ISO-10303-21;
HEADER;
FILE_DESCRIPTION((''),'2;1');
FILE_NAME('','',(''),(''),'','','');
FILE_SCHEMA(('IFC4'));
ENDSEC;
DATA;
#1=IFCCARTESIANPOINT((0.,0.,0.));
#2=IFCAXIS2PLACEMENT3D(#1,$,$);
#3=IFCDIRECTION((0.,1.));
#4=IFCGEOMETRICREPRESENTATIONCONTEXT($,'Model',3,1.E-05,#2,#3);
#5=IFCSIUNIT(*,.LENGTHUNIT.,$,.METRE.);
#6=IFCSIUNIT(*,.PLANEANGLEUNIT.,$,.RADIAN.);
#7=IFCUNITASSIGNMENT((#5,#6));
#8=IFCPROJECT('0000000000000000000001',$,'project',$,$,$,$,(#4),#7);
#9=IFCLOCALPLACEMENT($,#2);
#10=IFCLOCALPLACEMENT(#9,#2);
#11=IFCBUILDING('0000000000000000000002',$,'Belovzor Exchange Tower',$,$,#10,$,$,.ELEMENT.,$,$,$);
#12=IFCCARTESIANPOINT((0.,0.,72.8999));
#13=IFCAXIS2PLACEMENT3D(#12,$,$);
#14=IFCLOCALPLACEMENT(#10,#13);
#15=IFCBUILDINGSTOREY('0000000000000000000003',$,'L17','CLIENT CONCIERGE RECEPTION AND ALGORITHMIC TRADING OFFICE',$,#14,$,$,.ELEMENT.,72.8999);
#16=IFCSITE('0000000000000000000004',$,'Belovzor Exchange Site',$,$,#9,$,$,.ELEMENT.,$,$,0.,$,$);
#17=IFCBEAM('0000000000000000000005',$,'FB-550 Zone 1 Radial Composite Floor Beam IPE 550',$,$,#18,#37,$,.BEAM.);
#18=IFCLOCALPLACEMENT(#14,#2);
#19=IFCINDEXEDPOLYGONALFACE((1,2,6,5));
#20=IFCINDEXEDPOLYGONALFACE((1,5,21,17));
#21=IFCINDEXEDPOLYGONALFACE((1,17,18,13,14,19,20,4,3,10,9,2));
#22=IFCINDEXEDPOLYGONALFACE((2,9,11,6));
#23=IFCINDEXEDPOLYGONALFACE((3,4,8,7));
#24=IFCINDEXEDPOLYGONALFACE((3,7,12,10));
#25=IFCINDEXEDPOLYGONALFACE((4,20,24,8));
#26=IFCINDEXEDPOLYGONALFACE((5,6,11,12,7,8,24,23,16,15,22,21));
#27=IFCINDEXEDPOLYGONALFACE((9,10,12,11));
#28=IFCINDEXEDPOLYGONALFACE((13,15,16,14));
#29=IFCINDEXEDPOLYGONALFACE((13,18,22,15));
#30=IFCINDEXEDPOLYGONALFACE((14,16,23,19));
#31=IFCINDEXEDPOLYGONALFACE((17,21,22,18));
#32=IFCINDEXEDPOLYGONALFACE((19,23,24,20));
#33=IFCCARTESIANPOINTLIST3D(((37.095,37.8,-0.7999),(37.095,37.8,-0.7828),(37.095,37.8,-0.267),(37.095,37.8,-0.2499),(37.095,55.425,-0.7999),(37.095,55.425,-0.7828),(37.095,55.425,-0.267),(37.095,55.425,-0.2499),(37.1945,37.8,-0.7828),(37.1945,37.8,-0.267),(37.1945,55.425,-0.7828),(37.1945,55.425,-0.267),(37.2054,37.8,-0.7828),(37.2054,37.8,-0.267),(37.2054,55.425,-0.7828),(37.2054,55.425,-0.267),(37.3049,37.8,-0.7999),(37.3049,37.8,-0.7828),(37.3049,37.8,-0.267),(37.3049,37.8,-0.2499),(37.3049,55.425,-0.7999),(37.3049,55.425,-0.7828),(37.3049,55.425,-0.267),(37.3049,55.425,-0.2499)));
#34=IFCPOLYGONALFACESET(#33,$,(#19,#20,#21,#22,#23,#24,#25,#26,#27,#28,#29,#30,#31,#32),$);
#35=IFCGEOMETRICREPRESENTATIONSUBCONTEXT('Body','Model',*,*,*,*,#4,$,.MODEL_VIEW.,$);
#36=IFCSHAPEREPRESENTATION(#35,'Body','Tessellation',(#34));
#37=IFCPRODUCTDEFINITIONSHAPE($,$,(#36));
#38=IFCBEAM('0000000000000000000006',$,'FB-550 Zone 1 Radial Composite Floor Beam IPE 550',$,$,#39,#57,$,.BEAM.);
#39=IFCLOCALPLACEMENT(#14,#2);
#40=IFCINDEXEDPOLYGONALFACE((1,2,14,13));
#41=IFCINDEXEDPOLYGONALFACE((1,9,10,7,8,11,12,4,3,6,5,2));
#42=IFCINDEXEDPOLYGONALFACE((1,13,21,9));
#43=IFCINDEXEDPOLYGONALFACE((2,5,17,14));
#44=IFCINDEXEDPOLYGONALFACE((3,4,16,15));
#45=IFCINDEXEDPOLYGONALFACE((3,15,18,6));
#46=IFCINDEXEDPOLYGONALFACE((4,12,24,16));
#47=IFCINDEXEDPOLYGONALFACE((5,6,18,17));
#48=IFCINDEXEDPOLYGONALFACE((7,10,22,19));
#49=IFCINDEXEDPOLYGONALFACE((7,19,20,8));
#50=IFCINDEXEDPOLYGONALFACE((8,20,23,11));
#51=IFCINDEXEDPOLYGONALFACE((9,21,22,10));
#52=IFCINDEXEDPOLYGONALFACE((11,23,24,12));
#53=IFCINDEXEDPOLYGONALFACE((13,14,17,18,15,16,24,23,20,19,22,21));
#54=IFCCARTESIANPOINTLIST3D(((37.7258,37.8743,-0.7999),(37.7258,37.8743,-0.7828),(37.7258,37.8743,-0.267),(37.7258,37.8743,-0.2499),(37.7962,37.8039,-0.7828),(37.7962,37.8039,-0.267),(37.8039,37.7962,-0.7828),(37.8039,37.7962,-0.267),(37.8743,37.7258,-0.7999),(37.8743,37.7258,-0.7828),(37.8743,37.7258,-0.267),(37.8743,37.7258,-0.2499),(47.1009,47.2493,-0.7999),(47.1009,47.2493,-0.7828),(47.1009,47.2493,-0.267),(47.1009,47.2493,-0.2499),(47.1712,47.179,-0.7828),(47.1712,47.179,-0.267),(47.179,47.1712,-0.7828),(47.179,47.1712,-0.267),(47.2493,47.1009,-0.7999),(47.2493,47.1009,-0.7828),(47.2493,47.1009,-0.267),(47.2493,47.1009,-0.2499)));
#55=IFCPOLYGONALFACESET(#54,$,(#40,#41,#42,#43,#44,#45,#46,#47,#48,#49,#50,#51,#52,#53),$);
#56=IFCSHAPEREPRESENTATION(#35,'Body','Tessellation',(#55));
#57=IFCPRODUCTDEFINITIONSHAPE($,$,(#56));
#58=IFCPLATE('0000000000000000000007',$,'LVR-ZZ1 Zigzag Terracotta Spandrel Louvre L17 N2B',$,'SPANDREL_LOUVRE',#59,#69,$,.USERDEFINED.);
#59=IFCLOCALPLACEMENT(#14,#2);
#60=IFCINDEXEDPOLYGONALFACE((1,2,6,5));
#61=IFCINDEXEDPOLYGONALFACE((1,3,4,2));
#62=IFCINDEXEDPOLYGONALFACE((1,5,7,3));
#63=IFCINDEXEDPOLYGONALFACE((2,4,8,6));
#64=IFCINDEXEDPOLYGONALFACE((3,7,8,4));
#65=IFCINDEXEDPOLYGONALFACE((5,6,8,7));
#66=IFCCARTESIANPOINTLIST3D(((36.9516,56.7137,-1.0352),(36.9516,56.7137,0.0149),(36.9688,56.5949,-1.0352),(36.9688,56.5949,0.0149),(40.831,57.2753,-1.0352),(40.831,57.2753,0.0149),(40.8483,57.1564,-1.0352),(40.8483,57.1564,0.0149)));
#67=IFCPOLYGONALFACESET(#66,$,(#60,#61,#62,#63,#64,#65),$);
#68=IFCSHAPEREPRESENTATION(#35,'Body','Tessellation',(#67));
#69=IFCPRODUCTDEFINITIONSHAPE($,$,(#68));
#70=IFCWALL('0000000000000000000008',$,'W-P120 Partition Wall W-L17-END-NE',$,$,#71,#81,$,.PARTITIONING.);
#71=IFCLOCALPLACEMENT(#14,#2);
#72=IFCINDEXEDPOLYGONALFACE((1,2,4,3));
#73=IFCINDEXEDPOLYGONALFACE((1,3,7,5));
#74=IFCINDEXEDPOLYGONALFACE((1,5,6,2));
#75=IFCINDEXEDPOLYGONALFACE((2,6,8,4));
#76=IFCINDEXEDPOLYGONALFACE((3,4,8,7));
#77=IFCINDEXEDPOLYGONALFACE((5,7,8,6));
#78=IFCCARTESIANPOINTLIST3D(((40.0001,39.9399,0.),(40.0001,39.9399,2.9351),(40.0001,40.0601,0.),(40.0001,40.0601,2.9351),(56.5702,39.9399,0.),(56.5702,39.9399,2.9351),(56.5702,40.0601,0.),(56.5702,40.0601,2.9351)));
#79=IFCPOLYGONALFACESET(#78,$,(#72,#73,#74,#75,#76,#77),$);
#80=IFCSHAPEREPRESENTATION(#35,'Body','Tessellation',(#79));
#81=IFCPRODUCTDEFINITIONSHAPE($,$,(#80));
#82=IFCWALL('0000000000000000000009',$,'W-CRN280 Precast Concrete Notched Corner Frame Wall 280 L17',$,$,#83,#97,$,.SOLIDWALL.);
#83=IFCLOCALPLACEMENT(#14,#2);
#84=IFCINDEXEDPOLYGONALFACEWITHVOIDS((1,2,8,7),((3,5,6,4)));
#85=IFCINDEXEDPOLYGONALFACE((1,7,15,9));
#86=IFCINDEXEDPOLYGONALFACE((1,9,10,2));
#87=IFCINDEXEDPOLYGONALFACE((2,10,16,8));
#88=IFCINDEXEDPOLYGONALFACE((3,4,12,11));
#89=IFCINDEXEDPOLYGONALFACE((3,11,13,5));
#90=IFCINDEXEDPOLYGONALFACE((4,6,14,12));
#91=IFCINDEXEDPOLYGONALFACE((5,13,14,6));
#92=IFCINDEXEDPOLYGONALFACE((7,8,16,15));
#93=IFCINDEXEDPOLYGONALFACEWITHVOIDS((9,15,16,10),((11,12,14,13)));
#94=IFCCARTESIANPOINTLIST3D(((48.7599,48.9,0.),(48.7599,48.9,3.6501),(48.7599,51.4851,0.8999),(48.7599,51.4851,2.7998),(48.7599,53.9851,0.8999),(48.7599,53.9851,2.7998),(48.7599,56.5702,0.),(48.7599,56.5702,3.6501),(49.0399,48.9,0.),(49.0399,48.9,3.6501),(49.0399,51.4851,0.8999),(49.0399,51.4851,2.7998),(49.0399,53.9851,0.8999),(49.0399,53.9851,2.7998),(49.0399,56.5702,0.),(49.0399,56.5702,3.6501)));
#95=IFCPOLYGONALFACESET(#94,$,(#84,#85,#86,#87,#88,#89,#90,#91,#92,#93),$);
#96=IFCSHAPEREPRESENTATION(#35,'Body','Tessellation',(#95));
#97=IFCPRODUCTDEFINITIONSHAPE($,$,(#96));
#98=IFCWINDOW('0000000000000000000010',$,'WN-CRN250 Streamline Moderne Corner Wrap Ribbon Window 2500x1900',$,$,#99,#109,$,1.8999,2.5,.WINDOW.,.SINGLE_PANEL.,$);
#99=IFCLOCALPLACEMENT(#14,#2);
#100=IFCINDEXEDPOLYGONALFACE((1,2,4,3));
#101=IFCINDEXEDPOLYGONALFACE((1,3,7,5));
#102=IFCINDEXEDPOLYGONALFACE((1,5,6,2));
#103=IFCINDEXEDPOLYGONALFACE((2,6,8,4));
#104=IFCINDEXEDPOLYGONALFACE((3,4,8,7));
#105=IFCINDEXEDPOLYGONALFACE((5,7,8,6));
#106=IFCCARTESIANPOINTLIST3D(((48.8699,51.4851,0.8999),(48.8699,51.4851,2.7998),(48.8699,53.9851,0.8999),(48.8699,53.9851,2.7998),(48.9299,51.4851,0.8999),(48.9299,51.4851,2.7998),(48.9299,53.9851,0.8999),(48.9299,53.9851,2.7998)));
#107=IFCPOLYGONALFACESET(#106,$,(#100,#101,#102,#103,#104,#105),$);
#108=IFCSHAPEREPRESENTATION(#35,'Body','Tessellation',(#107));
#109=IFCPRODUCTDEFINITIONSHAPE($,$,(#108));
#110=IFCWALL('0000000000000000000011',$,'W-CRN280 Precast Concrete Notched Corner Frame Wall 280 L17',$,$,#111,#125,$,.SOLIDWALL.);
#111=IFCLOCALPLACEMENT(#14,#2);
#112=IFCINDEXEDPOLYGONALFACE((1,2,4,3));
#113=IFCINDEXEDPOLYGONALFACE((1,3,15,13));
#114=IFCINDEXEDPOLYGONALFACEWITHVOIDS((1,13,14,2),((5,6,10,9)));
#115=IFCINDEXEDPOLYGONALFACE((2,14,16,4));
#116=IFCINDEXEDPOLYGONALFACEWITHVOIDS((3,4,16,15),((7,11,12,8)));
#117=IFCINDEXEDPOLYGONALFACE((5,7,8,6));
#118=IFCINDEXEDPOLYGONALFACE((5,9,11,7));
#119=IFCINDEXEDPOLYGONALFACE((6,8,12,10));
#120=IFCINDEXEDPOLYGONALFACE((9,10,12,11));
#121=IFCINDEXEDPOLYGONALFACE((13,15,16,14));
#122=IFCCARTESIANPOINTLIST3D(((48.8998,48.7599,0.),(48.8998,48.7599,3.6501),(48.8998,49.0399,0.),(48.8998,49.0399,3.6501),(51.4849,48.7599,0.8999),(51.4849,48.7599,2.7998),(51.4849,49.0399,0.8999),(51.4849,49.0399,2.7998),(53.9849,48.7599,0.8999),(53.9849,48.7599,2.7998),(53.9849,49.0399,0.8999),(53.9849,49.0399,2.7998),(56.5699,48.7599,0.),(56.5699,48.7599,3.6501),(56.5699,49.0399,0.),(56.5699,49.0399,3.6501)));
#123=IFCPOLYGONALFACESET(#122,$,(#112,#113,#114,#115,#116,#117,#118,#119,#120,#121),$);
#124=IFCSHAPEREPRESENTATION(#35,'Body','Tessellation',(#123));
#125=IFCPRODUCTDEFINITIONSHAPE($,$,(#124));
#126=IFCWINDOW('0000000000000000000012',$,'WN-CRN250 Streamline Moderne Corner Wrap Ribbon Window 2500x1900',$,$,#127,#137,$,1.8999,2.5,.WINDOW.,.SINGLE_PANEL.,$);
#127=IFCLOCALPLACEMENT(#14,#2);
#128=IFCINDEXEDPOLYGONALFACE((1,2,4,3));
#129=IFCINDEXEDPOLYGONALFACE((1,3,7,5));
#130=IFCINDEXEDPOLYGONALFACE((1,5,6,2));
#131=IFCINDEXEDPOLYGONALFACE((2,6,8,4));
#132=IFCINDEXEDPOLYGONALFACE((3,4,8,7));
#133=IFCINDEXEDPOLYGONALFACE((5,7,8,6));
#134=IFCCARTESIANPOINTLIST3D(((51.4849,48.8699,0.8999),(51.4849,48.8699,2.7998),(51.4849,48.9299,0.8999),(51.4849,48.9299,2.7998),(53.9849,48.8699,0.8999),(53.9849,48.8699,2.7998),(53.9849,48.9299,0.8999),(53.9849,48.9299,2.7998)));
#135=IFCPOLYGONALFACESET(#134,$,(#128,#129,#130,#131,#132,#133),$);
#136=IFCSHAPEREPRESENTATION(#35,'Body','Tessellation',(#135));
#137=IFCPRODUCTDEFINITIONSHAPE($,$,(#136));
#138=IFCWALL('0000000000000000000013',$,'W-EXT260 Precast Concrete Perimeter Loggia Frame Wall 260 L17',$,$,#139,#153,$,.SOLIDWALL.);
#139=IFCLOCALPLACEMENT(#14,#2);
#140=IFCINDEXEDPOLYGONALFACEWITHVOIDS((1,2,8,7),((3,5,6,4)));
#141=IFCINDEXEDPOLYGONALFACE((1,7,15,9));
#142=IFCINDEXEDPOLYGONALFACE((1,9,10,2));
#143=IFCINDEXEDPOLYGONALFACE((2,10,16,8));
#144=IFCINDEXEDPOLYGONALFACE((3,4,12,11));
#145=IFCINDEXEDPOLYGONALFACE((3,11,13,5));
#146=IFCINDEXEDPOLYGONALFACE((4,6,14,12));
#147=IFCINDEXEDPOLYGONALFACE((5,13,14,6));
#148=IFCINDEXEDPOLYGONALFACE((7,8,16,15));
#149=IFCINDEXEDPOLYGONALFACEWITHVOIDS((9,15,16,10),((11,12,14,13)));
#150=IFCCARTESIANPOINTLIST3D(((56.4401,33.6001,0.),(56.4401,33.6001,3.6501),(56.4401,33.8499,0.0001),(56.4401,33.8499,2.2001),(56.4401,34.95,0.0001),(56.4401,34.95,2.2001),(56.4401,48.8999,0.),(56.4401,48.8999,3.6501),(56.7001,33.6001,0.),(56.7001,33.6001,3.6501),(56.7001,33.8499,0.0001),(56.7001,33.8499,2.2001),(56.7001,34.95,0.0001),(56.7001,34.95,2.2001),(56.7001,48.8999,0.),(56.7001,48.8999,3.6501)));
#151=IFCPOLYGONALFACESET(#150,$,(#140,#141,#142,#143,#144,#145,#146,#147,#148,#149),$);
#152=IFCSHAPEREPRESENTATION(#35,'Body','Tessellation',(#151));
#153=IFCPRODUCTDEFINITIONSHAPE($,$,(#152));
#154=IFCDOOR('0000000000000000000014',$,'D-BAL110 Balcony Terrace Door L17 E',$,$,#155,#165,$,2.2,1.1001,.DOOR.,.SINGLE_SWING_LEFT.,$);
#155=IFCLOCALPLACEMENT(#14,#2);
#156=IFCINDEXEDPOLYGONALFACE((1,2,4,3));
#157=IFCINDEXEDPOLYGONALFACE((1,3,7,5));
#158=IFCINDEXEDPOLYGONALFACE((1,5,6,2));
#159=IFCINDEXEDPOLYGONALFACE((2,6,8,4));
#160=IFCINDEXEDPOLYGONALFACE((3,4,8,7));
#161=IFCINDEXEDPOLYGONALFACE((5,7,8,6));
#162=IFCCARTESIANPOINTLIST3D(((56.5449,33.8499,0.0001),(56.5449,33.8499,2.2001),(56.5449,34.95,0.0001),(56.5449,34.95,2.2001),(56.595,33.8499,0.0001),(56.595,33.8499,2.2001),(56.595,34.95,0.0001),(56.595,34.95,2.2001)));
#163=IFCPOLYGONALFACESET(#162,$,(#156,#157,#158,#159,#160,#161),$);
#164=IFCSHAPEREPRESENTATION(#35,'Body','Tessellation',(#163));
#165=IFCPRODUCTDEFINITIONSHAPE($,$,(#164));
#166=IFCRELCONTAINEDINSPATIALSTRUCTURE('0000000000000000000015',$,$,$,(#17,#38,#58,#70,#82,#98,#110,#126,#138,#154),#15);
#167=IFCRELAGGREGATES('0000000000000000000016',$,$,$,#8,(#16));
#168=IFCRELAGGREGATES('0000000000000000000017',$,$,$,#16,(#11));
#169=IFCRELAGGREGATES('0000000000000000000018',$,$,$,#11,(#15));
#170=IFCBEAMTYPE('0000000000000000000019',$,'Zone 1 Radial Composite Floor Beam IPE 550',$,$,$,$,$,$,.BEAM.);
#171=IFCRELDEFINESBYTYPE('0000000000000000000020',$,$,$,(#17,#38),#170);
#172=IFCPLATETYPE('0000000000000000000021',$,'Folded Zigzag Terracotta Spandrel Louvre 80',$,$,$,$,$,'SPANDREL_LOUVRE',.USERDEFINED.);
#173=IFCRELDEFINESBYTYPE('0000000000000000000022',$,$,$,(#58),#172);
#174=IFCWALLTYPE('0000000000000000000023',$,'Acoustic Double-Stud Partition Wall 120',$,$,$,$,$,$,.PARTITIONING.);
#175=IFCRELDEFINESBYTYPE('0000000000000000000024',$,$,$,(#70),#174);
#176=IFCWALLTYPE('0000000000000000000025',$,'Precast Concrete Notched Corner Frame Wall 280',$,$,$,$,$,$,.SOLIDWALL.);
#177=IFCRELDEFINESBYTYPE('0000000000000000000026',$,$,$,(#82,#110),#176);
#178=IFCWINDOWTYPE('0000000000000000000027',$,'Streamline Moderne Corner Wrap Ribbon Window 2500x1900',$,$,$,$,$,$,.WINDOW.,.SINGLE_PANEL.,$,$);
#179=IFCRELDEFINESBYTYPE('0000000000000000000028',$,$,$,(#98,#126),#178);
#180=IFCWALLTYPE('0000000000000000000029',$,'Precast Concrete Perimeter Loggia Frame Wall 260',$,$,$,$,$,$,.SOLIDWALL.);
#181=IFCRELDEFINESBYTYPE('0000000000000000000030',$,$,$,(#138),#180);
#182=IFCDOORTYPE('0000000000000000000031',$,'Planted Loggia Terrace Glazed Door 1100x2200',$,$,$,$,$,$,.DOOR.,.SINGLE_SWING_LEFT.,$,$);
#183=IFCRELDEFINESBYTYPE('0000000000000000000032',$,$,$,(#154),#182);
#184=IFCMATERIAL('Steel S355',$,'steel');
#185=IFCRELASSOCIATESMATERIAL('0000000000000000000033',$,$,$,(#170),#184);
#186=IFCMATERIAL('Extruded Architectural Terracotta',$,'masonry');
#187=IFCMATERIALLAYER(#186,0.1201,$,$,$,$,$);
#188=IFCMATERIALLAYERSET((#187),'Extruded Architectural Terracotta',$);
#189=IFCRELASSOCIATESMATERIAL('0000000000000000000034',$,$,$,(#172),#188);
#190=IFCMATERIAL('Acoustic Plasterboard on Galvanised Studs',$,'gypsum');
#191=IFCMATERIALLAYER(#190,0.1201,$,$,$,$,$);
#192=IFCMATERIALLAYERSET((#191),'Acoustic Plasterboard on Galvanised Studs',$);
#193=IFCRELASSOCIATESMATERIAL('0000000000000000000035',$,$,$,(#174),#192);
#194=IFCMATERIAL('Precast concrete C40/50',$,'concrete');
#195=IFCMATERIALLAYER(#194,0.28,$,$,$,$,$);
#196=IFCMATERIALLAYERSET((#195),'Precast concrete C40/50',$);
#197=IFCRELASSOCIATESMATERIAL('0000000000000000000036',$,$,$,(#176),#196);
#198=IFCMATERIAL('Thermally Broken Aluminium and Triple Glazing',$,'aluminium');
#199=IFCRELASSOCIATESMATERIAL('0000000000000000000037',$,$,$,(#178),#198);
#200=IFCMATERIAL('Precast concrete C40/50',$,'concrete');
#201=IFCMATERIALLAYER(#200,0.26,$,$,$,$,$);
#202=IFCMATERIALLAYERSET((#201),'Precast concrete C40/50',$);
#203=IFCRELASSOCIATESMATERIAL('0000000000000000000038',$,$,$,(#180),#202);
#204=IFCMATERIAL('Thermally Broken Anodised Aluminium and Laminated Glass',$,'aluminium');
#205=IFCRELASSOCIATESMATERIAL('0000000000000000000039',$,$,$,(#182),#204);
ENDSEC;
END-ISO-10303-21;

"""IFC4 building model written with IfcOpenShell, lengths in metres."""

from ifc_helpers import new_model, si_unit, direction, frame, frame_2d, origin, origin_2d, place, context, subcontext, project, spatial, rectangle, i_section, extrude, material, layer, layer_set, material_profile, profile_set, type_object, element, fill, save


model = new_model("IFC4")

# Units and contexts
model_context = context("Model", 3, precision=1e-05, world=origin(), true_north=direction((0.0, 1.0)))
body_context = subcontext(model_context, "Body", "Model", "MODEL_VIEW")
ifc_project = project(units=[si_unit("LENGTHUNIT", "METRE"), si_unit("PLANEANGLEUNIT", "RADIAN")], contexts=[model_context])

# Site, building, storey
site_placement = place(None, origin())
site = spatial("IfcSite", under=ifc_project, at=site_placement, Name="Belovzor Exchange Site", CompositionType="ELEMENT", RefElevation=0.0)
building_placement = place(site_placement, origin())
building = spatial("IfcBuilding", under=site, at=building_placement, Name="Belovzor Exchange Tower", CompositionType="ELEMENT")
storey_placement = place(building_placement, frame((0.0, 0.0, 72.8999)))
storey = spatial("IfcBuildingStorey", under=building, at=storey_placement, Name="L17", Description="CLIENT CONCIERGE RECEPTION AND ALGORITHMIC TRADING OFFICE", CompositionType="ELEMENT", Elevation=72.8999)

# Beams
ifc_material_1 = material(Name="Steel S355", Category="steel")
ifc_material_profile_1 = material_profile(ifc_material_1, i_section(OverallWidth=0.21, OverallDepth=0.55, WebThickness=0.011, FlangeThickness=0.0171, at=origin_2d()))
ifc_profile_set_1 = profile_set([ifc_material_profile_1], Name="Steel S355")
beam_type_1 = type_object("IfcBeamType", Name="Zone 1 Radial Composite Floor Beam IPE 550", PredefinedType="BEAM", material=ifc_profile_set_1)
beam_1_placement = place(storey_placement, frame((37.2, 37.8, -0.5249), z_axis=(0.0, 1.0, 0.0), x_axis=(-1.0, 0.0, 0.0)))
element("IfcBeam", 1, at=beam_1_placement, inside=storey, type_object=beam_type_1, Name="FB-550 Zone 1 Radial Composite Floor Beam IPE 550", PredefinedType="BEAM", context=body_context, shape_type="SweptSolid", body=[
    extrude(i_section(OverallWidth=0.21, OverallDepth=0.55, WebThickness=0.011, FlangeThickness=0.0171, at=origin_2d()), origin(), (0.0, 0.0, 1.0), 17.625),
])
beam_2_placement = place(storey_placement, frame((37.8, 37.8, -0.5249), z_axis=(0.707107, 0.707107, 0.0), x_axis=(-0.707107, 0.707107, 0.0)))
element("IfcBeam", 2, at=beam_2_placement, inside=storey, type_object=beam_type_1, Name="FB-550 Zone 1 Radial Composite Floor Beam IPE 550", PredefinedType="BEAM", context=body_context, shape_type="SweptSolid", body=[
    extrude(i_section(OverallWidth=0.21, OverallDepth=0.55, WebThickness=0.011, FlangeThickness=0.0171, at=origin_2d()), origin(), (0.0, 0.0, 1.0), 13.2583),
])

# Plate
ifc_material_2 = material(Name="Extruded Architectural Terracotta", Category="masonry")
ifc_layer_1 = layer(ifc_material_2, 0.1201)
ifc_layer_set_1 = layer_set([ifc_layer_1], Name="Extruded Architectural Terracotta")
plate_type = type_object("IfcPlateType", Name="Folded Zigzag Terracotta Spandrel Louvre 80", ElementType="SPANDREL_LOUVRE", PredefinedType="USERDEFINED", material=ifc_layer_set_1)
plate_placement = place(storey_placement, frame((38.8999, 56.9351, -1.0352), z_axis=(0.0, 0.0, 1.0), x_axis=(0.989686, 0.143251, 0.0)))
element("IfcPlate", 3, at=plate_placement, inside=storey, type_object=plate_type, Name="LVR-ZZ1 Zigzag Terracotta Spandrel Louvre L17 N2B", ObjectType="SPANDREL_LOUVRE", PredefinedType="USERDEFINED", context=body_context, shape_type="SweptSolid", body=[
    extrude(rectangle(XDim=3.9199, YDim=0.1201, at=origin_2d()), origin(), (0.0, 0.0, 1.0), 1.05),
])

# Wall
ifc_material_3 = material(Name="Acoustic Plasterboard on Galvanised Studs", Category="gypsum")
ifc_layer_2 = layer(ifc_material_3, 0.1201)
ifc_layer_set_2 = layer_set([ifc_layer_2], Name="Acoustic Plasterboard on Galvanised Studs")
wall_type_1 = type_object("IfcWallType", Name="Acoustic Double-Stud Partition Wall 120", PredefinedType="PARTITIONING", material=ifc_layer_set_2)
wall_1_placement = place(storey_placement, frame((40.0, 40.0, 0.0), z_axis=(0.0, 0.0, 1.0), x_axis=(1.0, 0.0, 0.0)))
element("IfcWall", 4, at=wall_1_placement, inside=storey, type_object=wall_type_1, Name="W-P120 Partition Wall W-L17-END-NE", PredefinedType="PARTITIONING", context=body_context, shape_type="SweptSolid", body=[
    extrude(rectangle(XDim=16.5701, YDim=0.1201, at=frame_2d((8.2852, 0.0))), origin(), (0.0, 0.0, 1.0), 2.9351),
])

# Walls, openings, windows
ifc_material_4 = material(Name="Precast concrete C40/50", Category="concrete")
ifc_layer_3 = layer(ifc_material_4, 0.28)
ifc_layer_set_3 = layer_set([ifc_layer_3], Name="Precast concrete C40/50")
wall_type_2 = type_object("IfcWallType", Name="Precast Concrete Notched Corner Frame Wall 280", PredefinedType="SOLIDWALL", material=ifc_layer_set_3)
wall_2_placement = place(storey_placement, frame((48.8999, 56.5701, 0.0), z_axis=(0.0, 0.0, 1.0), x_axis=(0.0, -1.0, 0.0)))
wall_2 = element("IfcWall", 5, at=wall_2_placement, inside=storey, type_object=wall_type_2, Name="W-CRN280 Precast Concrete Notched Corner Frame Wall 280 L17", PredefinedType="SOLIDWALL", context=body_context, shape_type="SweptSolid", body=[
    extrude(rectangle(XDim=7.6702, YDim=0.28, at=frame_2d((3.835, 0.0))), origin(), (0.0, 0.0, 1.0), 3.6501),
])
opening_1_placement = place(wall_2_placement, frame((2.585, 0.0, 0.8999)))
opening_1 = element("IfcOpeningElement", 6, at=opening_1_placement, cuts=wall_2, PredefinedType="OPENING", context=body_context, shape_type="SweptSolid", body=[
    extrude(rectangle(XDim=2.5, YDim=1.8999, at=frame_2d((1.25, 0.95))), frame((0.0, 0.1499, 0.0), z_axis=(0.0, -1.0, 0.0), x_axis=(1.0, 0.0, 0.0)), (0.0, 0.0, 1.0), 0.3),
])
ifc_material_5 = material(Name="Thermally Broken Aluminium and Triple Glazing", Category="aluminium")
window_type = type_object("IfcWindowType", Name="Streamline Moderne Corner Wrap Ribbon Window 2500x1900", PartitioningType="SINGLE_PANEL", PredefinedType="WINDOW", material=ifc_material_5)
window_1_placement = place(opening_1_placement, origin())
window_1 = element("IfcWindow", 7, at=window_1_placement, inside=storey, type_object=window_type, Name="WN-CRN250 Streamline Moderne Corner Wrap Ribbon Window 2500x1900", OverallHeight=1.8999, OverallWidth=2.5, PartitioningType="SINGLE_PANEL", PredefinedType="WINDOW", context=body_context, shape_type="SweptSolid", body=[
    extrude(rectangle(XDim=2.5, YDim=1.8999, at=frame_2d((1.25, 0.95))), frame((0.0, 0.03, 0.0), z_axis=(0.0, -1.0, 0.0), x_axis=(1.0, 0.0, 0.0)), (0.0, 0.0, 1.0), 0.0601),
])
fill(opening_1, window_1)
wall_3_placement = place(storey_placement, frame((48.8999, 48.8999, 0.0), z_axis=(0.0, 0.0, 1.0), x_axis=(1.0, 0.0, 0.0)))
wall_3 = element("IfcWall", 8, at=wall_3_placement, inside=storey, type_object=wall_type_2, Name="W-CRN280 Precast Concrete Notched Corner Frame Wall 280 L17", PredefinedType="SOLIDWALL", context=body_context, shape_type="SweptSolid", body=[
    extrude(rectangle(XDim=7.6702, YDim=0.28, at=frame_2d((3.835, 0.0))), origin(), (0.0, 0.0, 1.0), 3.6501),
])
opening_2_placement = place(wall_3_placement, frame((2.585, 0.0, 0.8999)))
opening_2 = element("IfcOpeningElement", 9, at=opening_2_placement, cuts=wall_3, PredefinedType="OPENING", context=body_context, shape_type="SweptSolid", body=[
    extrude(rectangle(XDim=2.5, YDim=1.8999, at=frame_2d((1.25, 0.95))), frame((0.0, 0.1499, 0.0), z_axis=(0.0, -1.0, 0.0), x_axis=(1.0, 0.0, 0.0)), (0.0, 0.0, 1.0), 0.3),
])
window_2_placement = place(opening_2_placement, origin())
window_2 = element("IfcWindow", 10, at=window_2_placement, inside=storey, type_object=window_type, Name="WN-CRN250 Streamline Moderne Corner Wrap Ribbon Window 2500x1900", OverallHeight=1.8999, OverallWidth=2.5, PartitioningType="SINGLE_PANEL", PredefinedType="WINDOW", context=body_context, shape_type="SweptSolid", body=[
    extrude(rectangle(XDim=2.5, YDim=1.8999, at=frame_2d((1.25, 0.95))), frame((0.0, 0.03, 0.0), z_axis=(0.0, -1.0, 0.0), x_axis=(1.0, 0.0, 0.0)), (0.0, 0.0, 1.0), 0.0601),
])
fill(opening_2, window_2)

# Wall, opening, door
ifc_material_6 = material(Name="Precast concrete C40/50", Category="concrete")
ifc_layer_4 = layer(ifc_material_6, 0.26)
ifc_layer_set_4 = layer_set([ifc_layer_4], Name="Precast concrete C40/50")
wall_type_3 = type_object("IfcWallType", Name="Precast Concrete Perimeter Loggia Frame Wall 260", PredefinedType="SOLIDWALL", material=ifc_layer_set_4)
wall_4_placement = place(storey_placement, frame((56.5701, 48.8999, 0.0), z_axis=(0.0, 0.0, 1.0), x_axis=(0.0, -1.0, 0.0)))
wall_4 = element("IfcWall", 11, at=wall_4_placement, inside=storey, type_object=wall_type_3, Name="W-EXT260 Precast Concrete Perimeter Loggia Frame Wall 260 L17", PredefinedType="SOLIDWALL", context=body_context, shape_type="SweptSolid", body=[
    extrude(rectangle(XDim=15.2998, YDim=0.26, at=frame_2d((7.6499, 0.0))), origin(), (0.0, 0.0, 1.0), 3.6501),
])
opening_3_placement = place(wall_4_placement, frame((13.95, 0.0, 0.0)))
opening_3 = element("IfcOpeningElement", 12, at=opening_3_placement, cuts=wall_4, PredefinedType="OPENING", context=body_context, shape_type="SweptSolid", body=[
    extrude(rectangle(XDim=1.1001, YDim=2.2, at=frame_2d((0.55, 1.1001))), frame((0.0, 0.1399, 0.0), z_axis=(0.0, -1.0, 0.0), x_axis=(1.0, 0.0, 0.0)), (0.0, 0.0, 1.0), 0.28),
])
ifc_material_7 = material(Name="Thermally Broken Anodised Aluminium and Laminated Glass", Category="aluminium")
door_type = type_object("IfcDoorType", Name="Planted Loggia Terrace Glazed Door 1100x2200", OperationType="SINGLE_SWING_LEFT", PredefinedType="DOOR", material=ifc_material_7)
door_placement = place(opening_3_placement, origin())
door = element("IfcDoor", 13, at=door_placement, inside=storey, type_object=door_type, Name="D-BAL110 Balcony Terrace Door L17 E", OperationType="SINGLE_SWING_LEFT", OverallHeight=2.2, OverallWidth=1.1001, PredefinedType="DOOR", context=body_context, shape_type="SweptSolid", body=[
    extrude(rectangle(XDim=1.1001, YDim=2.2, at=frame_2d((0.55, 1.1001))), frame((0.0, 0.0249, 0.0), z_axis=(0.0, -1.0, 0.0), x_axis=(1.0, 0.0, 0.0)), (0.0, 0.0, 1.0), 0.05),
])
fill(opening_3, door)

save(model, "model.ifc")
